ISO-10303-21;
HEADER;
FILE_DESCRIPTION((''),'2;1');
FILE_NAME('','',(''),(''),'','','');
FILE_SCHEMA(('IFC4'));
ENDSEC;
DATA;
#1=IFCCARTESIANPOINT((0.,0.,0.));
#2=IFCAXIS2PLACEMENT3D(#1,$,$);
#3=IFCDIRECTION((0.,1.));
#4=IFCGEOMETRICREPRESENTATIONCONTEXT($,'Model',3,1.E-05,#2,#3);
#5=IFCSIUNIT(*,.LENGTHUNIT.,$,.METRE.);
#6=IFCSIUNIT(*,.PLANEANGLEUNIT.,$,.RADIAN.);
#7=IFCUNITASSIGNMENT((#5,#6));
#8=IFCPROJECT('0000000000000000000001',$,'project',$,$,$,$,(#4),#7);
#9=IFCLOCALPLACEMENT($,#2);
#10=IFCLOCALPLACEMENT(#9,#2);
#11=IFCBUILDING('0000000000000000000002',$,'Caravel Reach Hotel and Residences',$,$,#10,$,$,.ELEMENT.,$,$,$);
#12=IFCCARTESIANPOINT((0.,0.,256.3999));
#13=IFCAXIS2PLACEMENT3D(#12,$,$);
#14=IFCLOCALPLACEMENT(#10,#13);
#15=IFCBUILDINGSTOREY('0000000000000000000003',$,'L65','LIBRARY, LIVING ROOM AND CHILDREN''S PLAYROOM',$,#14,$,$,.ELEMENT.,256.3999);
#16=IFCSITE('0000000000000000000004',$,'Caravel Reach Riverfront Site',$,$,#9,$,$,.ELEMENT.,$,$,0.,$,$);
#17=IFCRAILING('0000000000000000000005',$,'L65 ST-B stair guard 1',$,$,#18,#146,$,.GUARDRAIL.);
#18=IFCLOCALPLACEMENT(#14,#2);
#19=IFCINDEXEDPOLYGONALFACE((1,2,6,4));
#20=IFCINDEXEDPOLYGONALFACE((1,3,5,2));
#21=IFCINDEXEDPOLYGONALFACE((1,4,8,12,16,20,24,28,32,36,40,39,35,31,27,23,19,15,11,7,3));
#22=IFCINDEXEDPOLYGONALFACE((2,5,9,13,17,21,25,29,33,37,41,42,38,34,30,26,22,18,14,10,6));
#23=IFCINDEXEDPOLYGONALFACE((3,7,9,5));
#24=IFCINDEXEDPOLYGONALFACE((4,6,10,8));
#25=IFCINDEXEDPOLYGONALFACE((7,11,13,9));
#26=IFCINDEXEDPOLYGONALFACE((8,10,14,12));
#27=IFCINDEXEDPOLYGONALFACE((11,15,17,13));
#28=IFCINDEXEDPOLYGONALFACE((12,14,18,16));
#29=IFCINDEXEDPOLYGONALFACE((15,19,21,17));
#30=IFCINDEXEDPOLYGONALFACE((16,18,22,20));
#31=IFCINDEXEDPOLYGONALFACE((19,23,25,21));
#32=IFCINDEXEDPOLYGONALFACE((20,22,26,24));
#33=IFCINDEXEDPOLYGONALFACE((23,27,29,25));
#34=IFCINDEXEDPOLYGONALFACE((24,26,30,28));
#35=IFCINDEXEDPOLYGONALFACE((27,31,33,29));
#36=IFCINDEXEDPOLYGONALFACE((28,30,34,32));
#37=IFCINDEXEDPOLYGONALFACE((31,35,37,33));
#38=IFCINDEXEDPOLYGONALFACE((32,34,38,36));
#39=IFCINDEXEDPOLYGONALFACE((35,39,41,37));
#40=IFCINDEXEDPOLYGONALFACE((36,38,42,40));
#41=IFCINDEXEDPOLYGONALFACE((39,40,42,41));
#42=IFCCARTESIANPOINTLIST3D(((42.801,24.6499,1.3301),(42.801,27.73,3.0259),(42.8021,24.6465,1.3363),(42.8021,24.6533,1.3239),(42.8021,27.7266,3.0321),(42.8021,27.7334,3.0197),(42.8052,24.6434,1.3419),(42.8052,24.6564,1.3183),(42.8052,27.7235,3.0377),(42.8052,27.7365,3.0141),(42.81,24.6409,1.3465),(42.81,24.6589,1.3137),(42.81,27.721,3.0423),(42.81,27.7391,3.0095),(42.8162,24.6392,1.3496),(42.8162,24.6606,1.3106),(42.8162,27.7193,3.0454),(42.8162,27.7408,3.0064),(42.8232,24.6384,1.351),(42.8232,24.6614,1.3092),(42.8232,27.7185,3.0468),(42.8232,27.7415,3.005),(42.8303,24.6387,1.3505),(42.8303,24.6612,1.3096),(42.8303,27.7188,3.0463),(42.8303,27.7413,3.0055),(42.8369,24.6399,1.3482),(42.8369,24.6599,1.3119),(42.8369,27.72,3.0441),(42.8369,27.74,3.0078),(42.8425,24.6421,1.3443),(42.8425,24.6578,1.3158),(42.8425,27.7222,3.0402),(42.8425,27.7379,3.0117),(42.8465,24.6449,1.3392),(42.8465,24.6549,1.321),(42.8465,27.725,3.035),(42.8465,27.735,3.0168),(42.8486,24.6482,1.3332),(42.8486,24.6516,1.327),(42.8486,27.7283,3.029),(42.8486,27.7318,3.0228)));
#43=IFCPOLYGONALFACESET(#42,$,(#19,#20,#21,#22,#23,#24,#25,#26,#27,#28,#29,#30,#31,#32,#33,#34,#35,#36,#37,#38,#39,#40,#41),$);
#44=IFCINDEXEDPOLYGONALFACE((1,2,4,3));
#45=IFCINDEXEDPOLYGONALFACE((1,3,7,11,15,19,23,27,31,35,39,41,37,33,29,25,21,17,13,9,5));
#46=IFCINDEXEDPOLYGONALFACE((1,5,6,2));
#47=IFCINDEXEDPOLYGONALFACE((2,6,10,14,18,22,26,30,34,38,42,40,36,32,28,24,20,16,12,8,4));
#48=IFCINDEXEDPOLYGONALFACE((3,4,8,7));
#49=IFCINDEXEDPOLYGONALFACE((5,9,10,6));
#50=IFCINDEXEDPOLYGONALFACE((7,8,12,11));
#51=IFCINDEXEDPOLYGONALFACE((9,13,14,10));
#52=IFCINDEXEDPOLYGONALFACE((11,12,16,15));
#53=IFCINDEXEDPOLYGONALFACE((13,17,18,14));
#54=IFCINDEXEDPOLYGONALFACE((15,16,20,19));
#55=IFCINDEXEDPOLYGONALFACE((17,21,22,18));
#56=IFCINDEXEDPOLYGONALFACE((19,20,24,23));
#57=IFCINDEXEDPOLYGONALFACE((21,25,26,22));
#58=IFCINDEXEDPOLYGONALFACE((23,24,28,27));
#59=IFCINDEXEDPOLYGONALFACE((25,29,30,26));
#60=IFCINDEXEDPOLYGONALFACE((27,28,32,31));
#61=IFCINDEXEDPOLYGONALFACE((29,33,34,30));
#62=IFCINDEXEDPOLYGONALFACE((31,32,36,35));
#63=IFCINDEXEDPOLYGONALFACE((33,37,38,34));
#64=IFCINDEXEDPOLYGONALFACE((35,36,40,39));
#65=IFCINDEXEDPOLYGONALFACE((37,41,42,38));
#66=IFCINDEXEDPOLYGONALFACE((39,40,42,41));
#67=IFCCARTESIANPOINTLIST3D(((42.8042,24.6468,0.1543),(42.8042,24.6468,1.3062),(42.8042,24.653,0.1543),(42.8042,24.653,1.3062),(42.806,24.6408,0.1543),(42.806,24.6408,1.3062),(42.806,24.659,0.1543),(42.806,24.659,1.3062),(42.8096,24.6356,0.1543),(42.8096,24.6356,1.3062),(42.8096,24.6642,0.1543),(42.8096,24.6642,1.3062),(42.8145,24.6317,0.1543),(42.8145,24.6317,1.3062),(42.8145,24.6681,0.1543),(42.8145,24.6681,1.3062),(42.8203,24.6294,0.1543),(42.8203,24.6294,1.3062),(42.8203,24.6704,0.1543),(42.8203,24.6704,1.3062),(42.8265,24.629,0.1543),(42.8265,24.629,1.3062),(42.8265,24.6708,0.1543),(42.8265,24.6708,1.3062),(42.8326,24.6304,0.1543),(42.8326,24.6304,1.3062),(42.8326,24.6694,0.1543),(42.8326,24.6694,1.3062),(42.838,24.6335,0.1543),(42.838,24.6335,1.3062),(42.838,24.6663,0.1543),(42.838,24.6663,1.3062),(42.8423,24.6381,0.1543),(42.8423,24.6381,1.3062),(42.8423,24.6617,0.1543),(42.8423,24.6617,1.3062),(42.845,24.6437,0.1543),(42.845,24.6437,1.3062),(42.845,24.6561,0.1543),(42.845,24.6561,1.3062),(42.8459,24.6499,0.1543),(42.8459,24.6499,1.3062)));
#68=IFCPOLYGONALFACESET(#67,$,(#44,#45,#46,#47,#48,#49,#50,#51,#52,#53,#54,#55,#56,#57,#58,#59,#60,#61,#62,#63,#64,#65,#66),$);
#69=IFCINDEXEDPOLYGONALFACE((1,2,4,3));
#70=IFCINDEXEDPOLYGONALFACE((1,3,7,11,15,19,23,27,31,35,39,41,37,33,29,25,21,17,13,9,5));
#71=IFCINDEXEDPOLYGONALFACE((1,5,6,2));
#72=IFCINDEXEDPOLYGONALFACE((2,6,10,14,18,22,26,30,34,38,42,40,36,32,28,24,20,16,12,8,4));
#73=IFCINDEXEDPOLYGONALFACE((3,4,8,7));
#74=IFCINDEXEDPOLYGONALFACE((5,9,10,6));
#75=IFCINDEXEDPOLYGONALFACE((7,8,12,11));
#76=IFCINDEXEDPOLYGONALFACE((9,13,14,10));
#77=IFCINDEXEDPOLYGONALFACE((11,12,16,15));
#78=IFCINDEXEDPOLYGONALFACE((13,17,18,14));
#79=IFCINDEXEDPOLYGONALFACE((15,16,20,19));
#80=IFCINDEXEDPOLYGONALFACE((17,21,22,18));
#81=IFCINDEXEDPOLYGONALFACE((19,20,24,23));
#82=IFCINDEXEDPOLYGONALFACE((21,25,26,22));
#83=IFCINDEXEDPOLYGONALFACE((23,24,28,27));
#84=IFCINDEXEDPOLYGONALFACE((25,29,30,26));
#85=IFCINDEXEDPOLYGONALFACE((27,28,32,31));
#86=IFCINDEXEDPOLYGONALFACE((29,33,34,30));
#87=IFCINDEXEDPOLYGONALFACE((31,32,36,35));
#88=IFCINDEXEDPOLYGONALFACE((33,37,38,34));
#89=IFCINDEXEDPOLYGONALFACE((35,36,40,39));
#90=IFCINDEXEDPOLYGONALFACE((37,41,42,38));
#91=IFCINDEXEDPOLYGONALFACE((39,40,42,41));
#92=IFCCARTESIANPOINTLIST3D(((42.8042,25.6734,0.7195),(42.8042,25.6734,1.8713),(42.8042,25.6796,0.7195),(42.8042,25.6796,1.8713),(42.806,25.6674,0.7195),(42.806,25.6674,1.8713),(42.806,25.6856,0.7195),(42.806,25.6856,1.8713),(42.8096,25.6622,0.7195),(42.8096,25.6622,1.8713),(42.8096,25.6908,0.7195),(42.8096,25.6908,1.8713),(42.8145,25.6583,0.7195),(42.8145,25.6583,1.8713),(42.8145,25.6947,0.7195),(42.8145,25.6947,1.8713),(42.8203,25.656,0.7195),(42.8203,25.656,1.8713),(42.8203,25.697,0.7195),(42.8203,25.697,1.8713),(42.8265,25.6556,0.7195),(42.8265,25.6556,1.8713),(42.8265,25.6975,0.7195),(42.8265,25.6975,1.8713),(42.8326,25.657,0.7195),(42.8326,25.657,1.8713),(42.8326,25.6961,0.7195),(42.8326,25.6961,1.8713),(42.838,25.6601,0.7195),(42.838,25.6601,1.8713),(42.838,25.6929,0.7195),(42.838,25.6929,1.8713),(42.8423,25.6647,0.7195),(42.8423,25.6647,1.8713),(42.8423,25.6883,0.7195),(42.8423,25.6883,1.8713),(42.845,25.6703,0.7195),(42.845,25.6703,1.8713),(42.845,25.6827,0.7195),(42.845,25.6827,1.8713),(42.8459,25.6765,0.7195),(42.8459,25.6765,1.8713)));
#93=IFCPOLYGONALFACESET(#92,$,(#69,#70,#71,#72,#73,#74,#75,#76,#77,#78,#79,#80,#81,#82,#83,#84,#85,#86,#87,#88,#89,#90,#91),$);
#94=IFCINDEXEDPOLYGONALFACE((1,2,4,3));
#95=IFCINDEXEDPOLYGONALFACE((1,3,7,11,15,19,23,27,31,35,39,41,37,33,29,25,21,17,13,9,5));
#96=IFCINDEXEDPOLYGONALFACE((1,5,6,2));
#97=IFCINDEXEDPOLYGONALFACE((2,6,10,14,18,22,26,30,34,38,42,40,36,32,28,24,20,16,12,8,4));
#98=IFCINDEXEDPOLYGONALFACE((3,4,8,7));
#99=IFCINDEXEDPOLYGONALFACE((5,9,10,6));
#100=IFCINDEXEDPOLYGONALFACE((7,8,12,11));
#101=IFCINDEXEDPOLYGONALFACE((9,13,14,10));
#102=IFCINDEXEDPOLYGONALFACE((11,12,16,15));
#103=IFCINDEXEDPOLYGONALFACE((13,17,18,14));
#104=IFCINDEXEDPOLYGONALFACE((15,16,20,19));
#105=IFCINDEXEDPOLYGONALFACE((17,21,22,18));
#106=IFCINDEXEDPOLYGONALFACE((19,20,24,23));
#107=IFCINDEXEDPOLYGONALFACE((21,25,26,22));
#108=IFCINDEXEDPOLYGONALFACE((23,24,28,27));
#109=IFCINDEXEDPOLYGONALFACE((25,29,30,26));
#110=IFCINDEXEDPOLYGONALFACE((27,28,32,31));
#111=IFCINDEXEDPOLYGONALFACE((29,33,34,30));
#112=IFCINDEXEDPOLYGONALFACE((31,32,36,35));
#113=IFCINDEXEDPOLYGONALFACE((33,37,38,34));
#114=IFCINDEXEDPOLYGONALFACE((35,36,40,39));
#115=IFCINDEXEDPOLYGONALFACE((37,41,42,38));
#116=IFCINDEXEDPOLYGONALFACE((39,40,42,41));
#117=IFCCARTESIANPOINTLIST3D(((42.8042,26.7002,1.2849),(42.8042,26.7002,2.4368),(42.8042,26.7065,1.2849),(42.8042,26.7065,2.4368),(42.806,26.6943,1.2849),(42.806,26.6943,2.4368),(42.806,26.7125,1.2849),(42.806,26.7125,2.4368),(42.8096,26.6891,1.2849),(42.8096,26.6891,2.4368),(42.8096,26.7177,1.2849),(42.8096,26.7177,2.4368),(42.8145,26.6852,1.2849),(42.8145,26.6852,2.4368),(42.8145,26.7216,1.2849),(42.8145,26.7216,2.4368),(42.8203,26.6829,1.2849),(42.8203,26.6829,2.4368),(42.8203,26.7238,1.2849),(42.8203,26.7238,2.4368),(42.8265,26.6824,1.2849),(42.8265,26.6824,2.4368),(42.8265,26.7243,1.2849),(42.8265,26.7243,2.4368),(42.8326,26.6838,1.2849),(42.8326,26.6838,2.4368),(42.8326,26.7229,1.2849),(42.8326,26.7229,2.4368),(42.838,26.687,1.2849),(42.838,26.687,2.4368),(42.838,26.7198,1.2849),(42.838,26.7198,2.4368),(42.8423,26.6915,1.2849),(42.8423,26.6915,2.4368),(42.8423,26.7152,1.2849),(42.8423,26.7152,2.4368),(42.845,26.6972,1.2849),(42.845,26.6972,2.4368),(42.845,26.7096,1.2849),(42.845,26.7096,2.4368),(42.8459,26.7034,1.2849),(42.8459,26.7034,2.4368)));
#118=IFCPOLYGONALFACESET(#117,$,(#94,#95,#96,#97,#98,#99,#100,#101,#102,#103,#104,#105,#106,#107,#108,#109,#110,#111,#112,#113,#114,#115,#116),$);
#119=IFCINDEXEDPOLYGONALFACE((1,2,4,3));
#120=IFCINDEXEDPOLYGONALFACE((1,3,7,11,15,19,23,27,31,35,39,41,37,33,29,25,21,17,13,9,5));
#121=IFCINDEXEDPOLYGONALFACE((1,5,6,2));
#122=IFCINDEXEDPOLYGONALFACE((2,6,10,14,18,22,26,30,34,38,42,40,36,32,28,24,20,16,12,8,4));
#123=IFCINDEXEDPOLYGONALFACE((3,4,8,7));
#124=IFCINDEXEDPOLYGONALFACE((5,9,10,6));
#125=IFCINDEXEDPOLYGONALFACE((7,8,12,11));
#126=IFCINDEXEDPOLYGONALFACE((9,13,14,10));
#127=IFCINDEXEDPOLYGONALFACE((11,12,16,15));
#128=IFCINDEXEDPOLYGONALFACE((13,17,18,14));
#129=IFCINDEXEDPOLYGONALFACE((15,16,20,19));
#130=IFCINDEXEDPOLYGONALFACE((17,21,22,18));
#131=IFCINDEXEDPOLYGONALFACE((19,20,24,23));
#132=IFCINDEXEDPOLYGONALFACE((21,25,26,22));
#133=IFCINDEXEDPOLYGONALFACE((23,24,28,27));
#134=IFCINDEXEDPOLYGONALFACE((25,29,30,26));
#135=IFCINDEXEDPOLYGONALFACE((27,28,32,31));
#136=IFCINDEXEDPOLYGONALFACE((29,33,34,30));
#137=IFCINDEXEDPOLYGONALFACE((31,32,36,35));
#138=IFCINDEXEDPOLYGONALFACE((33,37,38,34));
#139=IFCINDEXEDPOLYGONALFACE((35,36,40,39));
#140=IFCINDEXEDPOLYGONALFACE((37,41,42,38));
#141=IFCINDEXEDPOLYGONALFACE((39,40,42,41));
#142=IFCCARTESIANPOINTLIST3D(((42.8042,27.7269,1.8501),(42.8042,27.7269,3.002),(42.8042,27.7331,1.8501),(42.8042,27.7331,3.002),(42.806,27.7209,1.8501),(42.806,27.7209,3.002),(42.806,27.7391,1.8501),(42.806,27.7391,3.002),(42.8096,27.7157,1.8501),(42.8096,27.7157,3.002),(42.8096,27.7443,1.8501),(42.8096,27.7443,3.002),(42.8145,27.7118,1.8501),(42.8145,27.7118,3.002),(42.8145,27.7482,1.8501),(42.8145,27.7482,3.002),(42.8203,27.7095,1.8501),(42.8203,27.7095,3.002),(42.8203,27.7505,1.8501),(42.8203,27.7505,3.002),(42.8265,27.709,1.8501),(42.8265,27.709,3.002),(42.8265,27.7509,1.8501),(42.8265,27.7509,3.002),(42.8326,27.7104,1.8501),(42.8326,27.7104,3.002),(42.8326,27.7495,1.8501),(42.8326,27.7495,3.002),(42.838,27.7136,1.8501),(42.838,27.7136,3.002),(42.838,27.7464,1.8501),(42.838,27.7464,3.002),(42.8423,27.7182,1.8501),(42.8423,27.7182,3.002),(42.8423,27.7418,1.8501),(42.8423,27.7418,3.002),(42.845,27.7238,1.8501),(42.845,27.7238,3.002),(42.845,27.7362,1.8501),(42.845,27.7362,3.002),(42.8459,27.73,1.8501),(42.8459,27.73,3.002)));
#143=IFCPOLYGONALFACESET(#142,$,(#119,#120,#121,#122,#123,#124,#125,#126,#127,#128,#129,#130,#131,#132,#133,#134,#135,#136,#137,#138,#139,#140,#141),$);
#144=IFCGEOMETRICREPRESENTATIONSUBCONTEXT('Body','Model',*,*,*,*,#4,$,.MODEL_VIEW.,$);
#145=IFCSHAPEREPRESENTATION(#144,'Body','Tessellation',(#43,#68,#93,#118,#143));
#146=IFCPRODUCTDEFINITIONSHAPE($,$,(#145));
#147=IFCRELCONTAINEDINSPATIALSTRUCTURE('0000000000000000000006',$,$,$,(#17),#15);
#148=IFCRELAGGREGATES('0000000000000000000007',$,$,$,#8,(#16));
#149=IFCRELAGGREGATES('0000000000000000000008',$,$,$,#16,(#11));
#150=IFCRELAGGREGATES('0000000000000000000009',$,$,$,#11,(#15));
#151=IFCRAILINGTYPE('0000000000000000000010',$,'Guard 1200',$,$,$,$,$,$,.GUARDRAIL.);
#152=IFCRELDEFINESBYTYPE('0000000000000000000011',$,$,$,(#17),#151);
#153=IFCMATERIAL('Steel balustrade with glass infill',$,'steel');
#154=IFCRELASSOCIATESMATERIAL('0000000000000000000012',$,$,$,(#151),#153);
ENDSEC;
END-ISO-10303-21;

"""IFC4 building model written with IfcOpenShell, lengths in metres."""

from ifc_helpers import new_model, si_unit, direction, frame, origin, origin_2d, place, context, subcontext, project, spatial, circle, extrude, material, type_object, element, save


model = new_model("IFC4")

# Units and contexts
model_context = context("Model", 3, precision=1e-05, world=origin(), true_north=direction((0.0, 1.0)))
body_context = subcontext(model_context, "Body", "Model", "MODEL_VIEW")
ifc_project = project(units=[si_unit("LENGTHUNIT", "METRE"), si_unit("PLANEANGLEUNIT", "RADIAN")], contexts=[model_context])

# Site, building, storey
site_placement = place(None, origin())
site = spatial("IfcSite", under=ifc_project, at=site_placement, Name="Caravel Reach Riverfront Site", CompositionType="ELEMENT", RefElevation=0.0)
building_placement = place(site_placement, origin())
building = spatial("IfcBuilding", under=site, at=building_placement, Name="Caravel Reach Hotel and Residences", CompositionType="ELEMENT")
storey_placement = place(building_placement, frame((0.0, 0.0, 256.3999)))
storey = spatial("IfcBuildingStorey", under=building, at=storey_placement, Name="L65", Description="LIBRARY, LIVING ROOM AND CHILDREN'S PLAYROOM", CompositionType="ELEMENT", Elevation=256.3999)

# Railing
ifc_material_1 = material(Name="Steel balustrade with glass infill", Category="steel")
railing_type = type_object("IfcRailingType", Name="Guard 1200", PredefinedType="GUARDRAIL", material=ifc_material_1)
railing_1_placement = place(storey_placement, frame((42.825, 24.6499, 0.1543)))
element("IfcRailing", 1, at=railing_1_placement, inside=storey, type_object=railing_type, Name="L65 ST-B stair guard 1", PredefinedType="GUARDRAIL", context=body_context, shape_type="SweptSolid", body=[
    extrude(circle(Radius=0.0239, at=origin_2d()), frame((0.0, 0.0, 1.1758), z_axis=(0.0, 0.876005, 0.482303), x_axis=(-1.0, 0.0, 0.0)), (0.0, 0.0, 1.0), 3.5161),
    extrude(circle(Radius=0.021, at=origin_2d()), origin(), (0.0, 0.0, 1.0), 1.1519),
    extrude(circle(Radius=0.021, at=origin_2d()), frame((0.0, 1.0266, 0.5652)), (0.0, 0.0, 1.0), 1.1519),
    extrude(circle(Radius=0.021, at=origin_2d()), frame((0.0, 2.0535, 1.1306)), (0.0, 0.0, 1.0), 1.1519),
    extrude(circle(Radius=0.021, at=origin_2d()), frame((0.0, 3.0801, 1.6958)), (0.0, 0.0, 1.0), 1.1519),
])

save(model, "model.ifc")
